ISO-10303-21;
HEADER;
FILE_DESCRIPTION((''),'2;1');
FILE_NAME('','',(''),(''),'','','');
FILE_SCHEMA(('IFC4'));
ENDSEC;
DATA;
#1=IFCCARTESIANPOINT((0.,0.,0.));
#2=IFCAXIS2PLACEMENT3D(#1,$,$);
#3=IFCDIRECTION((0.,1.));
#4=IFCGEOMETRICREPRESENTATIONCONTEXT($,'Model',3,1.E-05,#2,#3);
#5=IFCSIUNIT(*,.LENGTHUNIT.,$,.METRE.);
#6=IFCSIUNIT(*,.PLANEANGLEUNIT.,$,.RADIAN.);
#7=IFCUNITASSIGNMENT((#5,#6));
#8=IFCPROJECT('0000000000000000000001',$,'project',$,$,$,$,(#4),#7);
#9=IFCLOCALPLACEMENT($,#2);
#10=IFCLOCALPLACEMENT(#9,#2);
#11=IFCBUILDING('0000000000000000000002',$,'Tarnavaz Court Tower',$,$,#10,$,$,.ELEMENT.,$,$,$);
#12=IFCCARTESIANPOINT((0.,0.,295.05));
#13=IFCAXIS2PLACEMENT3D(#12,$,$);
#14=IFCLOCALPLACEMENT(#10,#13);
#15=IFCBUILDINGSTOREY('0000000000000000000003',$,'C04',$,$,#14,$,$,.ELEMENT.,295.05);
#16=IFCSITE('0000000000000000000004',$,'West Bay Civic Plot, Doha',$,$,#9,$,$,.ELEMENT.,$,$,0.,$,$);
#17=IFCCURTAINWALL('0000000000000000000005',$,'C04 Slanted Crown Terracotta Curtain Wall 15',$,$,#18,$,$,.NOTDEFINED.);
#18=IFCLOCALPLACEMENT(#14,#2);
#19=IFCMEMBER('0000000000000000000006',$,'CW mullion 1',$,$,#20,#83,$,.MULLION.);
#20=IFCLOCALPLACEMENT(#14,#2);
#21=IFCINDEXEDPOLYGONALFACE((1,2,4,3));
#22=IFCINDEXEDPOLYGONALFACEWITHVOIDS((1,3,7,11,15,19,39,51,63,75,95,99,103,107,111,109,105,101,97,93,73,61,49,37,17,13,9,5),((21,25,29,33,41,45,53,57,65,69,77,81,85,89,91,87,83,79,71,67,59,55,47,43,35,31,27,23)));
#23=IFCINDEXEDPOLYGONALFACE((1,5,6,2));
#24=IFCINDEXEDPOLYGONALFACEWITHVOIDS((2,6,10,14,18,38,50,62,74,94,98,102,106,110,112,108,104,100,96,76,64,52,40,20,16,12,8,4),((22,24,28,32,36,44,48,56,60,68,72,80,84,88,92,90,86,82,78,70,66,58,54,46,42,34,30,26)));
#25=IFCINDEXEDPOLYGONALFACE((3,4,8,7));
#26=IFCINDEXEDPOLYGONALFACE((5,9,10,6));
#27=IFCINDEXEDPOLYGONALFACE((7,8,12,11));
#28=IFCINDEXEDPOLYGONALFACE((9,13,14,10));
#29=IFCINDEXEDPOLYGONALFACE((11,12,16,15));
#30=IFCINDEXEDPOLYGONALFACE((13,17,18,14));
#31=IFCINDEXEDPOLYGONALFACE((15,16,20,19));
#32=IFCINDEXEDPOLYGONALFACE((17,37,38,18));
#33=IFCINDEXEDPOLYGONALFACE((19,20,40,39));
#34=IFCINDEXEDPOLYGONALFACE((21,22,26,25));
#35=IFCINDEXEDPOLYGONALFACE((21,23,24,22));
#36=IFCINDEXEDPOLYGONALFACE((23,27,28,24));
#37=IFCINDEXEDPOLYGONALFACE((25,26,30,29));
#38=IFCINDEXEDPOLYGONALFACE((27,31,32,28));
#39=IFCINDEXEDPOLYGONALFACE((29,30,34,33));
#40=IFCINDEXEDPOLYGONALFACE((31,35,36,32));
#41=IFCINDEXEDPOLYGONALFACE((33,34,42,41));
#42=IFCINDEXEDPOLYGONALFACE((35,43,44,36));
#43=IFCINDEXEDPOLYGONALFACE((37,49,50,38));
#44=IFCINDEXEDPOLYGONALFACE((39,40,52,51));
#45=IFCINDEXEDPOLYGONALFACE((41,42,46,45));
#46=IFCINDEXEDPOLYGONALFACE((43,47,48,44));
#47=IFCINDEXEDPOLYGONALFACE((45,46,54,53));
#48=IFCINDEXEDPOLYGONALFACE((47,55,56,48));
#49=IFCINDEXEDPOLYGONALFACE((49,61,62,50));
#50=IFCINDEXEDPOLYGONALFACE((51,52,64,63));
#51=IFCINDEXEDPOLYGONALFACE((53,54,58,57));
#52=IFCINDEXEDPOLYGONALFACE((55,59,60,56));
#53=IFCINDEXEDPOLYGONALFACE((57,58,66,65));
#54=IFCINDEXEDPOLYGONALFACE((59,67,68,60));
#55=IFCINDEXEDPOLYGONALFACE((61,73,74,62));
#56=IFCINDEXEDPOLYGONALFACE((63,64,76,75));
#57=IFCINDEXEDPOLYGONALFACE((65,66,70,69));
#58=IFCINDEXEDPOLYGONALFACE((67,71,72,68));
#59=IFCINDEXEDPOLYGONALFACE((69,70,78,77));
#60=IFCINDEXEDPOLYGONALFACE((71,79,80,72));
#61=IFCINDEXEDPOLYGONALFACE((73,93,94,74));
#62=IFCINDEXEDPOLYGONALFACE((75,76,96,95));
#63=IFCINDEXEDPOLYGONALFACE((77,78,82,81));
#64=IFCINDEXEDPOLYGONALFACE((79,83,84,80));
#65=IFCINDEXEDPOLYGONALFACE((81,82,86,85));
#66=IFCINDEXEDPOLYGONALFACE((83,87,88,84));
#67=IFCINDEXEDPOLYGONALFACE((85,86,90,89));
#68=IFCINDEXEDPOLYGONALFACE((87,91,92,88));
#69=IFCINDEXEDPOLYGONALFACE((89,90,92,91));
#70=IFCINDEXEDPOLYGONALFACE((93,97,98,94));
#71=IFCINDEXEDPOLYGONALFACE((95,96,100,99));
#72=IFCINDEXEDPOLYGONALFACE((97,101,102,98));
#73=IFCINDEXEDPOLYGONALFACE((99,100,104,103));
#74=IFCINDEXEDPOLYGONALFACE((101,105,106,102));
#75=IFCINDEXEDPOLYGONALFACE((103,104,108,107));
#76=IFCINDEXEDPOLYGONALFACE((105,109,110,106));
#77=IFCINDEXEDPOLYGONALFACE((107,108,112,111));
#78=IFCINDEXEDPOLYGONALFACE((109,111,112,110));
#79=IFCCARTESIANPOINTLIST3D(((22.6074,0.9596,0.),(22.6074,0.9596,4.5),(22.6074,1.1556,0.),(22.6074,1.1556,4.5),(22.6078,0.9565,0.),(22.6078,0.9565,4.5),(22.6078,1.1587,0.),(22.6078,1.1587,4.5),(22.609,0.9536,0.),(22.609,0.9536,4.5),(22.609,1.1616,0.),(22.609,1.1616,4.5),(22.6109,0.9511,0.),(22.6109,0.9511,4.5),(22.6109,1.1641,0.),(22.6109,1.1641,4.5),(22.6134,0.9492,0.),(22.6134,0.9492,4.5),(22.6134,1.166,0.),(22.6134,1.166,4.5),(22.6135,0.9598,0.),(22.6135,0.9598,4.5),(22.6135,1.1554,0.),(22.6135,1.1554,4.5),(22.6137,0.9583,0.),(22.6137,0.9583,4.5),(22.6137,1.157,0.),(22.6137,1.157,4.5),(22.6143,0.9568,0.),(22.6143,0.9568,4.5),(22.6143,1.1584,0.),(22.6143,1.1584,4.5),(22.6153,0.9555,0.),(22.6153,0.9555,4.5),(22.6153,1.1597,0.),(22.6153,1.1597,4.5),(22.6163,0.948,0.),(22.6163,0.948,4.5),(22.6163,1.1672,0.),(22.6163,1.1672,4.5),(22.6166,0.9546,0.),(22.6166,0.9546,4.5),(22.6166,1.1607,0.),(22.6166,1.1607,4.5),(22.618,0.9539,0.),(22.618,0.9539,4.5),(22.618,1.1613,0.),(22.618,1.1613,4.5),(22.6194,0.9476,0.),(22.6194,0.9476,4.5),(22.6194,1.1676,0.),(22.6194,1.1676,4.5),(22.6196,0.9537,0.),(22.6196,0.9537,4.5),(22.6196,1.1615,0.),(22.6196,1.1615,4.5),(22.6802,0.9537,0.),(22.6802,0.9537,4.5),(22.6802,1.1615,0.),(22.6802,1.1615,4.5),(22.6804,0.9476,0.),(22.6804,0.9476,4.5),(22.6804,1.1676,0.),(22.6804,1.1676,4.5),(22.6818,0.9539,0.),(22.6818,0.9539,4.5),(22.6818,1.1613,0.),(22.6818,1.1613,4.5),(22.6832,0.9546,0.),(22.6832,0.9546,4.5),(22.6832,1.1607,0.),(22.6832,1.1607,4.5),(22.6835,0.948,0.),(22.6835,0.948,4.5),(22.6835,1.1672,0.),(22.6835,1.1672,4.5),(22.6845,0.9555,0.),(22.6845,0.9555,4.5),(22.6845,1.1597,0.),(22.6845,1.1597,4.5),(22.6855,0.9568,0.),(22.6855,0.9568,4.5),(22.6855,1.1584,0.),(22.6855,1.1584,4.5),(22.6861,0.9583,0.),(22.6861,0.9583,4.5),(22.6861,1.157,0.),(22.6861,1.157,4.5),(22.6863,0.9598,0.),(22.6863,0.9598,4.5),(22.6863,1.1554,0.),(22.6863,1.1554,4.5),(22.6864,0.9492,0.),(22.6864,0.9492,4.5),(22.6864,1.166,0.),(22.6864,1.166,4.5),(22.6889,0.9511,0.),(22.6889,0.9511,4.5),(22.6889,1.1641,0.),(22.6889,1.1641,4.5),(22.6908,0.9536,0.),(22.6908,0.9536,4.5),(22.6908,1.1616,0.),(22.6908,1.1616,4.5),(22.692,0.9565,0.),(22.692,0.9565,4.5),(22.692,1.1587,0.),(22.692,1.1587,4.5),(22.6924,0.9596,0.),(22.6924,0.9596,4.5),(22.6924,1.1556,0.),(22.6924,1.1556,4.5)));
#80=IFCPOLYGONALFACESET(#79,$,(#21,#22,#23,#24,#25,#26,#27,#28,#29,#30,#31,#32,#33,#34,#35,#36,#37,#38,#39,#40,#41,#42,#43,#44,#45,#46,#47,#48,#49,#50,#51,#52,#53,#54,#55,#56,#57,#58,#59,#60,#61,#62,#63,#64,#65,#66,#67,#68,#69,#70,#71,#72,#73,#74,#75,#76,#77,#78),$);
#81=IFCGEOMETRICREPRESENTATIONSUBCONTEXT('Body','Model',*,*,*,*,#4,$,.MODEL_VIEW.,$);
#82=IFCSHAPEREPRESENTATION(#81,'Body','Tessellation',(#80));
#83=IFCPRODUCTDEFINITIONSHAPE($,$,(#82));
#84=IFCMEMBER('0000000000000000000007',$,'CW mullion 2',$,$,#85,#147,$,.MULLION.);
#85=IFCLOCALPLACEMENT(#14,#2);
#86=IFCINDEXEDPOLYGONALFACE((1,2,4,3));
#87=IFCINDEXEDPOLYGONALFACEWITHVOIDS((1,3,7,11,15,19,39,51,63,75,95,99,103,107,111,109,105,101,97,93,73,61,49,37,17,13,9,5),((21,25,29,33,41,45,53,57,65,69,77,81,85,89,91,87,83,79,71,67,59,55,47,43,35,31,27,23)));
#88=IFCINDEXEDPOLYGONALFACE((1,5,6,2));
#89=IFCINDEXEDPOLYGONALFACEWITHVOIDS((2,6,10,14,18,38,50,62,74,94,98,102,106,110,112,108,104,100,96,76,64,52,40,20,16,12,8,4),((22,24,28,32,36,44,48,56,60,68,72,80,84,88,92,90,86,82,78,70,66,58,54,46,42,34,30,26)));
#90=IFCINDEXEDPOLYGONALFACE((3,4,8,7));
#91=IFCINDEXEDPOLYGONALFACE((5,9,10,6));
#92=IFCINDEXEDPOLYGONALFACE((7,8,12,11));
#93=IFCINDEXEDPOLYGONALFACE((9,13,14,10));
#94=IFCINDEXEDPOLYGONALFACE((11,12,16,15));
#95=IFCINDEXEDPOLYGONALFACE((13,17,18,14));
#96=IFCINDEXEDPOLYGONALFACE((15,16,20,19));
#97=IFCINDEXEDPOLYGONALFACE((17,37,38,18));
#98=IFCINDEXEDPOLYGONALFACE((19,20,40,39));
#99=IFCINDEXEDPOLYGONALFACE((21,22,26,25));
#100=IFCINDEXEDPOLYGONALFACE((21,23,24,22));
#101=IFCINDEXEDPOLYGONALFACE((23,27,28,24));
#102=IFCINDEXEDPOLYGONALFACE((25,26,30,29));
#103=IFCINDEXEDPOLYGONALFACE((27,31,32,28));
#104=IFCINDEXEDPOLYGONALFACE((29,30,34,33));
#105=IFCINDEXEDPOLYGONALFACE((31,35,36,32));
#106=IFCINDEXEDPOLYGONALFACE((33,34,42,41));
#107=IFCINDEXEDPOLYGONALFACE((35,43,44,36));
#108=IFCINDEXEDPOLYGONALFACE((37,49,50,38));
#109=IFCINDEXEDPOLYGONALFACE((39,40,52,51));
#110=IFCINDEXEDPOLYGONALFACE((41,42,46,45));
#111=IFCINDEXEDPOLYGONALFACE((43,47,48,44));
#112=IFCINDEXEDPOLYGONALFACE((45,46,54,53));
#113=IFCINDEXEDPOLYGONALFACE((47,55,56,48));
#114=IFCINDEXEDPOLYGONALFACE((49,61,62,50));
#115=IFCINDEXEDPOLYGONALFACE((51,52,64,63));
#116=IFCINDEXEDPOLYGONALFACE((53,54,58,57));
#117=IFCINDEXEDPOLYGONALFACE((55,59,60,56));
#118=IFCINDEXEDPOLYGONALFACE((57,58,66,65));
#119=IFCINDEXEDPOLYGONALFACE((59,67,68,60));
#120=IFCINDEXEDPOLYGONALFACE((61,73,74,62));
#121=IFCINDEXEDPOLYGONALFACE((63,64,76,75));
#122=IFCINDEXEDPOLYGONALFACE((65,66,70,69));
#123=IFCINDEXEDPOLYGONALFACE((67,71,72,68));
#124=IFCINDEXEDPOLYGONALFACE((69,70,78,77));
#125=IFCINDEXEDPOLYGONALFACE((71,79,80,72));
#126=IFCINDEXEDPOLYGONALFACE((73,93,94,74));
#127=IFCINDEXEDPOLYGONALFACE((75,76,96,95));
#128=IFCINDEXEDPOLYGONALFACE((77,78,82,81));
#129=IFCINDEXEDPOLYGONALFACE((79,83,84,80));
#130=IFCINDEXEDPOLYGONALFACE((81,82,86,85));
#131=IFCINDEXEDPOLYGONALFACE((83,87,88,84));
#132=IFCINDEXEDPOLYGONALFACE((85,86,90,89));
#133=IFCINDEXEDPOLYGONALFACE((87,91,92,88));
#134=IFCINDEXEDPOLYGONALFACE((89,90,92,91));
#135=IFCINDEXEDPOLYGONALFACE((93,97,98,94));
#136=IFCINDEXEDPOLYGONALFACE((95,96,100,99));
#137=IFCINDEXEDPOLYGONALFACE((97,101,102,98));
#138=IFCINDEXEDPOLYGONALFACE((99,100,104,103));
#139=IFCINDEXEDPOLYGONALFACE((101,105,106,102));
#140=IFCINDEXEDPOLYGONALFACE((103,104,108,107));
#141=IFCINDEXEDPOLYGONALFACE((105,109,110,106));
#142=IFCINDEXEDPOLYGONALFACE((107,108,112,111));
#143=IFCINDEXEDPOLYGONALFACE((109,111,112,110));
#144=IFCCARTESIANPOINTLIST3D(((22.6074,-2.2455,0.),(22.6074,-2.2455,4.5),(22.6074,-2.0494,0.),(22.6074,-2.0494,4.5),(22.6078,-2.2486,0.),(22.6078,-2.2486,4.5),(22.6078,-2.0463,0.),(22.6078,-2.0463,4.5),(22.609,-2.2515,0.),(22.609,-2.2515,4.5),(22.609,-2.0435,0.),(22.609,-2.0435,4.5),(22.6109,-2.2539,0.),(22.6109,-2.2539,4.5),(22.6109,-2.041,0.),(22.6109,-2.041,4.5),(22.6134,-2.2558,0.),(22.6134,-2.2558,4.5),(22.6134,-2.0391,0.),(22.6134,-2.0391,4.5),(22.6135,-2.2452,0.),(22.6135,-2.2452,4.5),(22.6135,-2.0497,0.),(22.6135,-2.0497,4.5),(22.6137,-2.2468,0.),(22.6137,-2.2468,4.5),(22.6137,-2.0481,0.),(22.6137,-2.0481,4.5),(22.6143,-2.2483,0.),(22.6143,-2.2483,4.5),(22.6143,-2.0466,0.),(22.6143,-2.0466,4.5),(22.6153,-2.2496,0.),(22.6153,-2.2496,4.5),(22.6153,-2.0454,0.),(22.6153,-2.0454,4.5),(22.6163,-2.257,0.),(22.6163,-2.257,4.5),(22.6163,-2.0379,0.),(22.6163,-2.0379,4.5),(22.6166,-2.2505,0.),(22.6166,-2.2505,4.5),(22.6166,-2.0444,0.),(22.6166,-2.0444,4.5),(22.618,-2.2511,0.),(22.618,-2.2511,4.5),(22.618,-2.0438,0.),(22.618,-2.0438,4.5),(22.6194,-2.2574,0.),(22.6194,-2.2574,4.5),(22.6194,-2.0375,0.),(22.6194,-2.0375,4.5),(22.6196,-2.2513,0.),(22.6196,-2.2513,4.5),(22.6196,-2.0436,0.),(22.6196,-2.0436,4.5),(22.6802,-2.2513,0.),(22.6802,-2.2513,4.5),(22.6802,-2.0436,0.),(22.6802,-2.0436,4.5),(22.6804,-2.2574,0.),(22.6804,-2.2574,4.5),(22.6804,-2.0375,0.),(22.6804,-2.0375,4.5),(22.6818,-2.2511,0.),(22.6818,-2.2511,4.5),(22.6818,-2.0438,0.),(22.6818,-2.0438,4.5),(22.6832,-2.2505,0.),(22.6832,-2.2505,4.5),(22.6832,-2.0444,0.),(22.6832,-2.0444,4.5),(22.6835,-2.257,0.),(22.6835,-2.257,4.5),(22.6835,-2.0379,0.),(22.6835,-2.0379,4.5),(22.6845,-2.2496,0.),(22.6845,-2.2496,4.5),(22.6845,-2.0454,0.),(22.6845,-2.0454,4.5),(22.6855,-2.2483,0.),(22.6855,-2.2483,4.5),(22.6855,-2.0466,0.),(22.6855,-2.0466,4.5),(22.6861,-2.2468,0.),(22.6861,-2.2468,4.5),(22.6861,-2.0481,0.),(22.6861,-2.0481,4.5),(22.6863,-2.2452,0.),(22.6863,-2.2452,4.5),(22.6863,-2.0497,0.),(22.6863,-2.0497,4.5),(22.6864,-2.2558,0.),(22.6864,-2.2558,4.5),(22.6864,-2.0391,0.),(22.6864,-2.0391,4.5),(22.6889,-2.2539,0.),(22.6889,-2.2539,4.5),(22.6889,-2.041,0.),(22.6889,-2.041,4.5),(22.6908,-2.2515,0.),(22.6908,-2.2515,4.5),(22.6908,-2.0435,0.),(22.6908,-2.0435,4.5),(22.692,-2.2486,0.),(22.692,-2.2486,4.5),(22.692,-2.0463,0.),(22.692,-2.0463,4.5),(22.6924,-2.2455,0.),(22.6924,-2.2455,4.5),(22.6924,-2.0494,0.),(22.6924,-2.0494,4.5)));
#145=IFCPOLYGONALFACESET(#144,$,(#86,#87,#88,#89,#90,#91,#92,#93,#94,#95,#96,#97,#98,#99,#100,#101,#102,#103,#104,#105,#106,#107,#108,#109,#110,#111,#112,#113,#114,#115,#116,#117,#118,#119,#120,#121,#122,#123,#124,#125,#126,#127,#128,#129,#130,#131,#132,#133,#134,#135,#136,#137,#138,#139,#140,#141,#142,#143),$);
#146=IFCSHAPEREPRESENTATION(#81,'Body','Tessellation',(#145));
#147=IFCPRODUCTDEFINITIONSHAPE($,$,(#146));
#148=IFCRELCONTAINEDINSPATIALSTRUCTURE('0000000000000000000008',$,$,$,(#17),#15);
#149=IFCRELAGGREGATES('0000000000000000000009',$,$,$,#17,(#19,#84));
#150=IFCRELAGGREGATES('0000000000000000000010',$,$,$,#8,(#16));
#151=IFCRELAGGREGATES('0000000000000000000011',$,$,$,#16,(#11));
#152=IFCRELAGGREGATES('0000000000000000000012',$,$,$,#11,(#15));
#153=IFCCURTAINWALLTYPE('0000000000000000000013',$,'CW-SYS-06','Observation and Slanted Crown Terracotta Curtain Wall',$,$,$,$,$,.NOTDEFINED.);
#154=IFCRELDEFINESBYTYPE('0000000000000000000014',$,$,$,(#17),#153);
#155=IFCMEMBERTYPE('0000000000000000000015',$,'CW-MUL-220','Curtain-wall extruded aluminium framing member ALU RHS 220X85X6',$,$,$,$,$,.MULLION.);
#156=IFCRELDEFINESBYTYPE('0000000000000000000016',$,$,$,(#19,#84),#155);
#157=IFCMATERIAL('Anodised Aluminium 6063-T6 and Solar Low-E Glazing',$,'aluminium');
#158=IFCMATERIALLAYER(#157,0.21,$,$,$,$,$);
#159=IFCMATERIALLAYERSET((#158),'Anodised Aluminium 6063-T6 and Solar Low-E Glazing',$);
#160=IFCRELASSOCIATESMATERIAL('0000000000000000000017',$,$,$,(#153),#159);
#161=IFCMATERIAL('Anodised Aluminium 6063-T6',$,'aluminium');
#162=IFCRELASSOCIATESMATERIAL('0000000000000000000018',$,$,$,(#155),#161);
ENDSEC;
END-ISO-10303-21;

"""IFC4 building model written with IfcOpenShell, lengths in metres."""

from ifc_helpers import new_model, si_unit, direction, frame, origin, origin_2d, place, context, subcontext, project, spatial, hollow_rectangle, extrude, material, layer, layer_set, material_profile, profile_set, type_object, element, aggregate, save


model = new_model("IFC4")

# Units and contexts
model_context = context("Model", 3, precision=1e-05, world=origin(), true_north=direction((0.0, 1.0)))
body_context = subcontext(model_context, "Body", "Model", "MODEL_VIEW")
ifc_project = project(units=[si_unit("LENGTHUNIT", "METRE"), si_unit("PLANEANGLEUNIT", "RADIAN")], contexts=[model_context])

# Site, building, storey
site_placement = place(None, origin())
site = spatial("IfcSite", under=ifc_project, at=site_placement, Name="West Bay Civic Plot, Doha", CompositionType="ELEMENT", RefElevation=0.0)
building_placement = place(site_placement, origin())
building = spatial("IfcBuilding", under=site, at=building_placement, Name="Tarnavaz Court Tower", CompositionType="ELEMENT")
storey_placement = place(building_placement, frame((0.0, 0.0, 295.05)))
storey = spatial("IfcBuildingStorey", under=building, at=storey_placement, Name="C04", CompositionType="ELEMENT", Elevation=295.05)

# Shared definitions
ifc_material_1 = material(Name="Anodised Aluminium 6063-T6 and Solar Low-E Glazing", Category="aluminium")
ifc_layer_1 = layer(ifc_material_1, 0.21)
ifc_layer_set_1 = layer_set([ifc_layer_1], Name="Anodised Aluminium 6063-T6 and Solar Low-E Glazing")
curtain_wall_type = type_object("IfcCurtainWallType", Name="CW-SYS-06", Description="Observation and Slanted Crown Terracotta Curtain Wall", PredefinedType="NOTDEFINED", material=ifc_layer_set_1)
ifc_material_2 = material(Name="Anodised Aluminium 6063-T6", Category="aluminium")
ifc_material_profile_1 = material_profile(ifc_material_2, hollow_rectangle(XDim=0.085, YDim=0.22, WallThickness=0.0061, InnerFilletRadius=0.0061, OuterFilletRadius=0.012, at=origin_2d()), Name="ALU RHS 220X85X6")
ifc_profile_set_1 = profile_set([ifc_material_profile_1], Name="Anodised Aluminium 6063-T6")
member_type_1 = type_object("IfcMemberType", Name="CW-MUL-220", Description="Curtain-wall extruded aluminium framing member ALU RHS 220X85X6", PredefinedType="MULLION", material=ifc_profile_set_1)

# Curtain wall, members
curtain_wall_1_placement = place(storey_placement, origin())
curtain_wall_1 = element("IfcCurtainWall", 1, at=curtain_wall_1_placement, inside=storey, type_object=curtain_wall_type, Name="C04 Slanted Crown Terracotta Curtain Wall 15", PredefinedType="NOTDEFINED")
member_1_placement = place(storey_placement, frame((22.6499, 1.0576, 0.0), z_axis=(0.0, 0.0, 1.0), x_axis=(1.0, 0.0, 0.0)))
member_1 = element("IfcMember", 2, at=member_1_placement, type_object=member_type_1, Name="CW mullion 1", PredefinedType="MULLION", context=body_context, shape_type="SweptSolid", body=[
    extrude(hollow_rectangle(XDim=0.085, YDim=0.22, WallThickness=0.0061, InnerFilletRadius=0.0061, OuterFilletRadius=0.012, at=origin_2d()), origin(), (0.0, 0.0, 1.0), 4.5),
])
member_2_placement = place(storey_placement, frame((22.6499, -2.1475, 0.0), z_axis=(0.0, 0.0, 1.0), x_axis=(1.0, 0.0, 0.0)))
member_2 = element("IfcMember", 3, at=member_2_placement, type_object=member_type_1, Name="CW mullion 2", PredefinedType="MULLION", context=body_context, shape_type="SweptSolid", body=[
    extrude(hollow_rectangle(XDim=0.085, YDim=0.22, WallThickness=0.0061, InnerFilletRadius=0.0061, OuterFilletRadius=0.012, at=origin_2d()), origin(), (0.0, 0.0, 1.0), 4.5),
])

aggregate(curtain_wall_1, [member_1, member_2])

save(model, "model.ifc")
